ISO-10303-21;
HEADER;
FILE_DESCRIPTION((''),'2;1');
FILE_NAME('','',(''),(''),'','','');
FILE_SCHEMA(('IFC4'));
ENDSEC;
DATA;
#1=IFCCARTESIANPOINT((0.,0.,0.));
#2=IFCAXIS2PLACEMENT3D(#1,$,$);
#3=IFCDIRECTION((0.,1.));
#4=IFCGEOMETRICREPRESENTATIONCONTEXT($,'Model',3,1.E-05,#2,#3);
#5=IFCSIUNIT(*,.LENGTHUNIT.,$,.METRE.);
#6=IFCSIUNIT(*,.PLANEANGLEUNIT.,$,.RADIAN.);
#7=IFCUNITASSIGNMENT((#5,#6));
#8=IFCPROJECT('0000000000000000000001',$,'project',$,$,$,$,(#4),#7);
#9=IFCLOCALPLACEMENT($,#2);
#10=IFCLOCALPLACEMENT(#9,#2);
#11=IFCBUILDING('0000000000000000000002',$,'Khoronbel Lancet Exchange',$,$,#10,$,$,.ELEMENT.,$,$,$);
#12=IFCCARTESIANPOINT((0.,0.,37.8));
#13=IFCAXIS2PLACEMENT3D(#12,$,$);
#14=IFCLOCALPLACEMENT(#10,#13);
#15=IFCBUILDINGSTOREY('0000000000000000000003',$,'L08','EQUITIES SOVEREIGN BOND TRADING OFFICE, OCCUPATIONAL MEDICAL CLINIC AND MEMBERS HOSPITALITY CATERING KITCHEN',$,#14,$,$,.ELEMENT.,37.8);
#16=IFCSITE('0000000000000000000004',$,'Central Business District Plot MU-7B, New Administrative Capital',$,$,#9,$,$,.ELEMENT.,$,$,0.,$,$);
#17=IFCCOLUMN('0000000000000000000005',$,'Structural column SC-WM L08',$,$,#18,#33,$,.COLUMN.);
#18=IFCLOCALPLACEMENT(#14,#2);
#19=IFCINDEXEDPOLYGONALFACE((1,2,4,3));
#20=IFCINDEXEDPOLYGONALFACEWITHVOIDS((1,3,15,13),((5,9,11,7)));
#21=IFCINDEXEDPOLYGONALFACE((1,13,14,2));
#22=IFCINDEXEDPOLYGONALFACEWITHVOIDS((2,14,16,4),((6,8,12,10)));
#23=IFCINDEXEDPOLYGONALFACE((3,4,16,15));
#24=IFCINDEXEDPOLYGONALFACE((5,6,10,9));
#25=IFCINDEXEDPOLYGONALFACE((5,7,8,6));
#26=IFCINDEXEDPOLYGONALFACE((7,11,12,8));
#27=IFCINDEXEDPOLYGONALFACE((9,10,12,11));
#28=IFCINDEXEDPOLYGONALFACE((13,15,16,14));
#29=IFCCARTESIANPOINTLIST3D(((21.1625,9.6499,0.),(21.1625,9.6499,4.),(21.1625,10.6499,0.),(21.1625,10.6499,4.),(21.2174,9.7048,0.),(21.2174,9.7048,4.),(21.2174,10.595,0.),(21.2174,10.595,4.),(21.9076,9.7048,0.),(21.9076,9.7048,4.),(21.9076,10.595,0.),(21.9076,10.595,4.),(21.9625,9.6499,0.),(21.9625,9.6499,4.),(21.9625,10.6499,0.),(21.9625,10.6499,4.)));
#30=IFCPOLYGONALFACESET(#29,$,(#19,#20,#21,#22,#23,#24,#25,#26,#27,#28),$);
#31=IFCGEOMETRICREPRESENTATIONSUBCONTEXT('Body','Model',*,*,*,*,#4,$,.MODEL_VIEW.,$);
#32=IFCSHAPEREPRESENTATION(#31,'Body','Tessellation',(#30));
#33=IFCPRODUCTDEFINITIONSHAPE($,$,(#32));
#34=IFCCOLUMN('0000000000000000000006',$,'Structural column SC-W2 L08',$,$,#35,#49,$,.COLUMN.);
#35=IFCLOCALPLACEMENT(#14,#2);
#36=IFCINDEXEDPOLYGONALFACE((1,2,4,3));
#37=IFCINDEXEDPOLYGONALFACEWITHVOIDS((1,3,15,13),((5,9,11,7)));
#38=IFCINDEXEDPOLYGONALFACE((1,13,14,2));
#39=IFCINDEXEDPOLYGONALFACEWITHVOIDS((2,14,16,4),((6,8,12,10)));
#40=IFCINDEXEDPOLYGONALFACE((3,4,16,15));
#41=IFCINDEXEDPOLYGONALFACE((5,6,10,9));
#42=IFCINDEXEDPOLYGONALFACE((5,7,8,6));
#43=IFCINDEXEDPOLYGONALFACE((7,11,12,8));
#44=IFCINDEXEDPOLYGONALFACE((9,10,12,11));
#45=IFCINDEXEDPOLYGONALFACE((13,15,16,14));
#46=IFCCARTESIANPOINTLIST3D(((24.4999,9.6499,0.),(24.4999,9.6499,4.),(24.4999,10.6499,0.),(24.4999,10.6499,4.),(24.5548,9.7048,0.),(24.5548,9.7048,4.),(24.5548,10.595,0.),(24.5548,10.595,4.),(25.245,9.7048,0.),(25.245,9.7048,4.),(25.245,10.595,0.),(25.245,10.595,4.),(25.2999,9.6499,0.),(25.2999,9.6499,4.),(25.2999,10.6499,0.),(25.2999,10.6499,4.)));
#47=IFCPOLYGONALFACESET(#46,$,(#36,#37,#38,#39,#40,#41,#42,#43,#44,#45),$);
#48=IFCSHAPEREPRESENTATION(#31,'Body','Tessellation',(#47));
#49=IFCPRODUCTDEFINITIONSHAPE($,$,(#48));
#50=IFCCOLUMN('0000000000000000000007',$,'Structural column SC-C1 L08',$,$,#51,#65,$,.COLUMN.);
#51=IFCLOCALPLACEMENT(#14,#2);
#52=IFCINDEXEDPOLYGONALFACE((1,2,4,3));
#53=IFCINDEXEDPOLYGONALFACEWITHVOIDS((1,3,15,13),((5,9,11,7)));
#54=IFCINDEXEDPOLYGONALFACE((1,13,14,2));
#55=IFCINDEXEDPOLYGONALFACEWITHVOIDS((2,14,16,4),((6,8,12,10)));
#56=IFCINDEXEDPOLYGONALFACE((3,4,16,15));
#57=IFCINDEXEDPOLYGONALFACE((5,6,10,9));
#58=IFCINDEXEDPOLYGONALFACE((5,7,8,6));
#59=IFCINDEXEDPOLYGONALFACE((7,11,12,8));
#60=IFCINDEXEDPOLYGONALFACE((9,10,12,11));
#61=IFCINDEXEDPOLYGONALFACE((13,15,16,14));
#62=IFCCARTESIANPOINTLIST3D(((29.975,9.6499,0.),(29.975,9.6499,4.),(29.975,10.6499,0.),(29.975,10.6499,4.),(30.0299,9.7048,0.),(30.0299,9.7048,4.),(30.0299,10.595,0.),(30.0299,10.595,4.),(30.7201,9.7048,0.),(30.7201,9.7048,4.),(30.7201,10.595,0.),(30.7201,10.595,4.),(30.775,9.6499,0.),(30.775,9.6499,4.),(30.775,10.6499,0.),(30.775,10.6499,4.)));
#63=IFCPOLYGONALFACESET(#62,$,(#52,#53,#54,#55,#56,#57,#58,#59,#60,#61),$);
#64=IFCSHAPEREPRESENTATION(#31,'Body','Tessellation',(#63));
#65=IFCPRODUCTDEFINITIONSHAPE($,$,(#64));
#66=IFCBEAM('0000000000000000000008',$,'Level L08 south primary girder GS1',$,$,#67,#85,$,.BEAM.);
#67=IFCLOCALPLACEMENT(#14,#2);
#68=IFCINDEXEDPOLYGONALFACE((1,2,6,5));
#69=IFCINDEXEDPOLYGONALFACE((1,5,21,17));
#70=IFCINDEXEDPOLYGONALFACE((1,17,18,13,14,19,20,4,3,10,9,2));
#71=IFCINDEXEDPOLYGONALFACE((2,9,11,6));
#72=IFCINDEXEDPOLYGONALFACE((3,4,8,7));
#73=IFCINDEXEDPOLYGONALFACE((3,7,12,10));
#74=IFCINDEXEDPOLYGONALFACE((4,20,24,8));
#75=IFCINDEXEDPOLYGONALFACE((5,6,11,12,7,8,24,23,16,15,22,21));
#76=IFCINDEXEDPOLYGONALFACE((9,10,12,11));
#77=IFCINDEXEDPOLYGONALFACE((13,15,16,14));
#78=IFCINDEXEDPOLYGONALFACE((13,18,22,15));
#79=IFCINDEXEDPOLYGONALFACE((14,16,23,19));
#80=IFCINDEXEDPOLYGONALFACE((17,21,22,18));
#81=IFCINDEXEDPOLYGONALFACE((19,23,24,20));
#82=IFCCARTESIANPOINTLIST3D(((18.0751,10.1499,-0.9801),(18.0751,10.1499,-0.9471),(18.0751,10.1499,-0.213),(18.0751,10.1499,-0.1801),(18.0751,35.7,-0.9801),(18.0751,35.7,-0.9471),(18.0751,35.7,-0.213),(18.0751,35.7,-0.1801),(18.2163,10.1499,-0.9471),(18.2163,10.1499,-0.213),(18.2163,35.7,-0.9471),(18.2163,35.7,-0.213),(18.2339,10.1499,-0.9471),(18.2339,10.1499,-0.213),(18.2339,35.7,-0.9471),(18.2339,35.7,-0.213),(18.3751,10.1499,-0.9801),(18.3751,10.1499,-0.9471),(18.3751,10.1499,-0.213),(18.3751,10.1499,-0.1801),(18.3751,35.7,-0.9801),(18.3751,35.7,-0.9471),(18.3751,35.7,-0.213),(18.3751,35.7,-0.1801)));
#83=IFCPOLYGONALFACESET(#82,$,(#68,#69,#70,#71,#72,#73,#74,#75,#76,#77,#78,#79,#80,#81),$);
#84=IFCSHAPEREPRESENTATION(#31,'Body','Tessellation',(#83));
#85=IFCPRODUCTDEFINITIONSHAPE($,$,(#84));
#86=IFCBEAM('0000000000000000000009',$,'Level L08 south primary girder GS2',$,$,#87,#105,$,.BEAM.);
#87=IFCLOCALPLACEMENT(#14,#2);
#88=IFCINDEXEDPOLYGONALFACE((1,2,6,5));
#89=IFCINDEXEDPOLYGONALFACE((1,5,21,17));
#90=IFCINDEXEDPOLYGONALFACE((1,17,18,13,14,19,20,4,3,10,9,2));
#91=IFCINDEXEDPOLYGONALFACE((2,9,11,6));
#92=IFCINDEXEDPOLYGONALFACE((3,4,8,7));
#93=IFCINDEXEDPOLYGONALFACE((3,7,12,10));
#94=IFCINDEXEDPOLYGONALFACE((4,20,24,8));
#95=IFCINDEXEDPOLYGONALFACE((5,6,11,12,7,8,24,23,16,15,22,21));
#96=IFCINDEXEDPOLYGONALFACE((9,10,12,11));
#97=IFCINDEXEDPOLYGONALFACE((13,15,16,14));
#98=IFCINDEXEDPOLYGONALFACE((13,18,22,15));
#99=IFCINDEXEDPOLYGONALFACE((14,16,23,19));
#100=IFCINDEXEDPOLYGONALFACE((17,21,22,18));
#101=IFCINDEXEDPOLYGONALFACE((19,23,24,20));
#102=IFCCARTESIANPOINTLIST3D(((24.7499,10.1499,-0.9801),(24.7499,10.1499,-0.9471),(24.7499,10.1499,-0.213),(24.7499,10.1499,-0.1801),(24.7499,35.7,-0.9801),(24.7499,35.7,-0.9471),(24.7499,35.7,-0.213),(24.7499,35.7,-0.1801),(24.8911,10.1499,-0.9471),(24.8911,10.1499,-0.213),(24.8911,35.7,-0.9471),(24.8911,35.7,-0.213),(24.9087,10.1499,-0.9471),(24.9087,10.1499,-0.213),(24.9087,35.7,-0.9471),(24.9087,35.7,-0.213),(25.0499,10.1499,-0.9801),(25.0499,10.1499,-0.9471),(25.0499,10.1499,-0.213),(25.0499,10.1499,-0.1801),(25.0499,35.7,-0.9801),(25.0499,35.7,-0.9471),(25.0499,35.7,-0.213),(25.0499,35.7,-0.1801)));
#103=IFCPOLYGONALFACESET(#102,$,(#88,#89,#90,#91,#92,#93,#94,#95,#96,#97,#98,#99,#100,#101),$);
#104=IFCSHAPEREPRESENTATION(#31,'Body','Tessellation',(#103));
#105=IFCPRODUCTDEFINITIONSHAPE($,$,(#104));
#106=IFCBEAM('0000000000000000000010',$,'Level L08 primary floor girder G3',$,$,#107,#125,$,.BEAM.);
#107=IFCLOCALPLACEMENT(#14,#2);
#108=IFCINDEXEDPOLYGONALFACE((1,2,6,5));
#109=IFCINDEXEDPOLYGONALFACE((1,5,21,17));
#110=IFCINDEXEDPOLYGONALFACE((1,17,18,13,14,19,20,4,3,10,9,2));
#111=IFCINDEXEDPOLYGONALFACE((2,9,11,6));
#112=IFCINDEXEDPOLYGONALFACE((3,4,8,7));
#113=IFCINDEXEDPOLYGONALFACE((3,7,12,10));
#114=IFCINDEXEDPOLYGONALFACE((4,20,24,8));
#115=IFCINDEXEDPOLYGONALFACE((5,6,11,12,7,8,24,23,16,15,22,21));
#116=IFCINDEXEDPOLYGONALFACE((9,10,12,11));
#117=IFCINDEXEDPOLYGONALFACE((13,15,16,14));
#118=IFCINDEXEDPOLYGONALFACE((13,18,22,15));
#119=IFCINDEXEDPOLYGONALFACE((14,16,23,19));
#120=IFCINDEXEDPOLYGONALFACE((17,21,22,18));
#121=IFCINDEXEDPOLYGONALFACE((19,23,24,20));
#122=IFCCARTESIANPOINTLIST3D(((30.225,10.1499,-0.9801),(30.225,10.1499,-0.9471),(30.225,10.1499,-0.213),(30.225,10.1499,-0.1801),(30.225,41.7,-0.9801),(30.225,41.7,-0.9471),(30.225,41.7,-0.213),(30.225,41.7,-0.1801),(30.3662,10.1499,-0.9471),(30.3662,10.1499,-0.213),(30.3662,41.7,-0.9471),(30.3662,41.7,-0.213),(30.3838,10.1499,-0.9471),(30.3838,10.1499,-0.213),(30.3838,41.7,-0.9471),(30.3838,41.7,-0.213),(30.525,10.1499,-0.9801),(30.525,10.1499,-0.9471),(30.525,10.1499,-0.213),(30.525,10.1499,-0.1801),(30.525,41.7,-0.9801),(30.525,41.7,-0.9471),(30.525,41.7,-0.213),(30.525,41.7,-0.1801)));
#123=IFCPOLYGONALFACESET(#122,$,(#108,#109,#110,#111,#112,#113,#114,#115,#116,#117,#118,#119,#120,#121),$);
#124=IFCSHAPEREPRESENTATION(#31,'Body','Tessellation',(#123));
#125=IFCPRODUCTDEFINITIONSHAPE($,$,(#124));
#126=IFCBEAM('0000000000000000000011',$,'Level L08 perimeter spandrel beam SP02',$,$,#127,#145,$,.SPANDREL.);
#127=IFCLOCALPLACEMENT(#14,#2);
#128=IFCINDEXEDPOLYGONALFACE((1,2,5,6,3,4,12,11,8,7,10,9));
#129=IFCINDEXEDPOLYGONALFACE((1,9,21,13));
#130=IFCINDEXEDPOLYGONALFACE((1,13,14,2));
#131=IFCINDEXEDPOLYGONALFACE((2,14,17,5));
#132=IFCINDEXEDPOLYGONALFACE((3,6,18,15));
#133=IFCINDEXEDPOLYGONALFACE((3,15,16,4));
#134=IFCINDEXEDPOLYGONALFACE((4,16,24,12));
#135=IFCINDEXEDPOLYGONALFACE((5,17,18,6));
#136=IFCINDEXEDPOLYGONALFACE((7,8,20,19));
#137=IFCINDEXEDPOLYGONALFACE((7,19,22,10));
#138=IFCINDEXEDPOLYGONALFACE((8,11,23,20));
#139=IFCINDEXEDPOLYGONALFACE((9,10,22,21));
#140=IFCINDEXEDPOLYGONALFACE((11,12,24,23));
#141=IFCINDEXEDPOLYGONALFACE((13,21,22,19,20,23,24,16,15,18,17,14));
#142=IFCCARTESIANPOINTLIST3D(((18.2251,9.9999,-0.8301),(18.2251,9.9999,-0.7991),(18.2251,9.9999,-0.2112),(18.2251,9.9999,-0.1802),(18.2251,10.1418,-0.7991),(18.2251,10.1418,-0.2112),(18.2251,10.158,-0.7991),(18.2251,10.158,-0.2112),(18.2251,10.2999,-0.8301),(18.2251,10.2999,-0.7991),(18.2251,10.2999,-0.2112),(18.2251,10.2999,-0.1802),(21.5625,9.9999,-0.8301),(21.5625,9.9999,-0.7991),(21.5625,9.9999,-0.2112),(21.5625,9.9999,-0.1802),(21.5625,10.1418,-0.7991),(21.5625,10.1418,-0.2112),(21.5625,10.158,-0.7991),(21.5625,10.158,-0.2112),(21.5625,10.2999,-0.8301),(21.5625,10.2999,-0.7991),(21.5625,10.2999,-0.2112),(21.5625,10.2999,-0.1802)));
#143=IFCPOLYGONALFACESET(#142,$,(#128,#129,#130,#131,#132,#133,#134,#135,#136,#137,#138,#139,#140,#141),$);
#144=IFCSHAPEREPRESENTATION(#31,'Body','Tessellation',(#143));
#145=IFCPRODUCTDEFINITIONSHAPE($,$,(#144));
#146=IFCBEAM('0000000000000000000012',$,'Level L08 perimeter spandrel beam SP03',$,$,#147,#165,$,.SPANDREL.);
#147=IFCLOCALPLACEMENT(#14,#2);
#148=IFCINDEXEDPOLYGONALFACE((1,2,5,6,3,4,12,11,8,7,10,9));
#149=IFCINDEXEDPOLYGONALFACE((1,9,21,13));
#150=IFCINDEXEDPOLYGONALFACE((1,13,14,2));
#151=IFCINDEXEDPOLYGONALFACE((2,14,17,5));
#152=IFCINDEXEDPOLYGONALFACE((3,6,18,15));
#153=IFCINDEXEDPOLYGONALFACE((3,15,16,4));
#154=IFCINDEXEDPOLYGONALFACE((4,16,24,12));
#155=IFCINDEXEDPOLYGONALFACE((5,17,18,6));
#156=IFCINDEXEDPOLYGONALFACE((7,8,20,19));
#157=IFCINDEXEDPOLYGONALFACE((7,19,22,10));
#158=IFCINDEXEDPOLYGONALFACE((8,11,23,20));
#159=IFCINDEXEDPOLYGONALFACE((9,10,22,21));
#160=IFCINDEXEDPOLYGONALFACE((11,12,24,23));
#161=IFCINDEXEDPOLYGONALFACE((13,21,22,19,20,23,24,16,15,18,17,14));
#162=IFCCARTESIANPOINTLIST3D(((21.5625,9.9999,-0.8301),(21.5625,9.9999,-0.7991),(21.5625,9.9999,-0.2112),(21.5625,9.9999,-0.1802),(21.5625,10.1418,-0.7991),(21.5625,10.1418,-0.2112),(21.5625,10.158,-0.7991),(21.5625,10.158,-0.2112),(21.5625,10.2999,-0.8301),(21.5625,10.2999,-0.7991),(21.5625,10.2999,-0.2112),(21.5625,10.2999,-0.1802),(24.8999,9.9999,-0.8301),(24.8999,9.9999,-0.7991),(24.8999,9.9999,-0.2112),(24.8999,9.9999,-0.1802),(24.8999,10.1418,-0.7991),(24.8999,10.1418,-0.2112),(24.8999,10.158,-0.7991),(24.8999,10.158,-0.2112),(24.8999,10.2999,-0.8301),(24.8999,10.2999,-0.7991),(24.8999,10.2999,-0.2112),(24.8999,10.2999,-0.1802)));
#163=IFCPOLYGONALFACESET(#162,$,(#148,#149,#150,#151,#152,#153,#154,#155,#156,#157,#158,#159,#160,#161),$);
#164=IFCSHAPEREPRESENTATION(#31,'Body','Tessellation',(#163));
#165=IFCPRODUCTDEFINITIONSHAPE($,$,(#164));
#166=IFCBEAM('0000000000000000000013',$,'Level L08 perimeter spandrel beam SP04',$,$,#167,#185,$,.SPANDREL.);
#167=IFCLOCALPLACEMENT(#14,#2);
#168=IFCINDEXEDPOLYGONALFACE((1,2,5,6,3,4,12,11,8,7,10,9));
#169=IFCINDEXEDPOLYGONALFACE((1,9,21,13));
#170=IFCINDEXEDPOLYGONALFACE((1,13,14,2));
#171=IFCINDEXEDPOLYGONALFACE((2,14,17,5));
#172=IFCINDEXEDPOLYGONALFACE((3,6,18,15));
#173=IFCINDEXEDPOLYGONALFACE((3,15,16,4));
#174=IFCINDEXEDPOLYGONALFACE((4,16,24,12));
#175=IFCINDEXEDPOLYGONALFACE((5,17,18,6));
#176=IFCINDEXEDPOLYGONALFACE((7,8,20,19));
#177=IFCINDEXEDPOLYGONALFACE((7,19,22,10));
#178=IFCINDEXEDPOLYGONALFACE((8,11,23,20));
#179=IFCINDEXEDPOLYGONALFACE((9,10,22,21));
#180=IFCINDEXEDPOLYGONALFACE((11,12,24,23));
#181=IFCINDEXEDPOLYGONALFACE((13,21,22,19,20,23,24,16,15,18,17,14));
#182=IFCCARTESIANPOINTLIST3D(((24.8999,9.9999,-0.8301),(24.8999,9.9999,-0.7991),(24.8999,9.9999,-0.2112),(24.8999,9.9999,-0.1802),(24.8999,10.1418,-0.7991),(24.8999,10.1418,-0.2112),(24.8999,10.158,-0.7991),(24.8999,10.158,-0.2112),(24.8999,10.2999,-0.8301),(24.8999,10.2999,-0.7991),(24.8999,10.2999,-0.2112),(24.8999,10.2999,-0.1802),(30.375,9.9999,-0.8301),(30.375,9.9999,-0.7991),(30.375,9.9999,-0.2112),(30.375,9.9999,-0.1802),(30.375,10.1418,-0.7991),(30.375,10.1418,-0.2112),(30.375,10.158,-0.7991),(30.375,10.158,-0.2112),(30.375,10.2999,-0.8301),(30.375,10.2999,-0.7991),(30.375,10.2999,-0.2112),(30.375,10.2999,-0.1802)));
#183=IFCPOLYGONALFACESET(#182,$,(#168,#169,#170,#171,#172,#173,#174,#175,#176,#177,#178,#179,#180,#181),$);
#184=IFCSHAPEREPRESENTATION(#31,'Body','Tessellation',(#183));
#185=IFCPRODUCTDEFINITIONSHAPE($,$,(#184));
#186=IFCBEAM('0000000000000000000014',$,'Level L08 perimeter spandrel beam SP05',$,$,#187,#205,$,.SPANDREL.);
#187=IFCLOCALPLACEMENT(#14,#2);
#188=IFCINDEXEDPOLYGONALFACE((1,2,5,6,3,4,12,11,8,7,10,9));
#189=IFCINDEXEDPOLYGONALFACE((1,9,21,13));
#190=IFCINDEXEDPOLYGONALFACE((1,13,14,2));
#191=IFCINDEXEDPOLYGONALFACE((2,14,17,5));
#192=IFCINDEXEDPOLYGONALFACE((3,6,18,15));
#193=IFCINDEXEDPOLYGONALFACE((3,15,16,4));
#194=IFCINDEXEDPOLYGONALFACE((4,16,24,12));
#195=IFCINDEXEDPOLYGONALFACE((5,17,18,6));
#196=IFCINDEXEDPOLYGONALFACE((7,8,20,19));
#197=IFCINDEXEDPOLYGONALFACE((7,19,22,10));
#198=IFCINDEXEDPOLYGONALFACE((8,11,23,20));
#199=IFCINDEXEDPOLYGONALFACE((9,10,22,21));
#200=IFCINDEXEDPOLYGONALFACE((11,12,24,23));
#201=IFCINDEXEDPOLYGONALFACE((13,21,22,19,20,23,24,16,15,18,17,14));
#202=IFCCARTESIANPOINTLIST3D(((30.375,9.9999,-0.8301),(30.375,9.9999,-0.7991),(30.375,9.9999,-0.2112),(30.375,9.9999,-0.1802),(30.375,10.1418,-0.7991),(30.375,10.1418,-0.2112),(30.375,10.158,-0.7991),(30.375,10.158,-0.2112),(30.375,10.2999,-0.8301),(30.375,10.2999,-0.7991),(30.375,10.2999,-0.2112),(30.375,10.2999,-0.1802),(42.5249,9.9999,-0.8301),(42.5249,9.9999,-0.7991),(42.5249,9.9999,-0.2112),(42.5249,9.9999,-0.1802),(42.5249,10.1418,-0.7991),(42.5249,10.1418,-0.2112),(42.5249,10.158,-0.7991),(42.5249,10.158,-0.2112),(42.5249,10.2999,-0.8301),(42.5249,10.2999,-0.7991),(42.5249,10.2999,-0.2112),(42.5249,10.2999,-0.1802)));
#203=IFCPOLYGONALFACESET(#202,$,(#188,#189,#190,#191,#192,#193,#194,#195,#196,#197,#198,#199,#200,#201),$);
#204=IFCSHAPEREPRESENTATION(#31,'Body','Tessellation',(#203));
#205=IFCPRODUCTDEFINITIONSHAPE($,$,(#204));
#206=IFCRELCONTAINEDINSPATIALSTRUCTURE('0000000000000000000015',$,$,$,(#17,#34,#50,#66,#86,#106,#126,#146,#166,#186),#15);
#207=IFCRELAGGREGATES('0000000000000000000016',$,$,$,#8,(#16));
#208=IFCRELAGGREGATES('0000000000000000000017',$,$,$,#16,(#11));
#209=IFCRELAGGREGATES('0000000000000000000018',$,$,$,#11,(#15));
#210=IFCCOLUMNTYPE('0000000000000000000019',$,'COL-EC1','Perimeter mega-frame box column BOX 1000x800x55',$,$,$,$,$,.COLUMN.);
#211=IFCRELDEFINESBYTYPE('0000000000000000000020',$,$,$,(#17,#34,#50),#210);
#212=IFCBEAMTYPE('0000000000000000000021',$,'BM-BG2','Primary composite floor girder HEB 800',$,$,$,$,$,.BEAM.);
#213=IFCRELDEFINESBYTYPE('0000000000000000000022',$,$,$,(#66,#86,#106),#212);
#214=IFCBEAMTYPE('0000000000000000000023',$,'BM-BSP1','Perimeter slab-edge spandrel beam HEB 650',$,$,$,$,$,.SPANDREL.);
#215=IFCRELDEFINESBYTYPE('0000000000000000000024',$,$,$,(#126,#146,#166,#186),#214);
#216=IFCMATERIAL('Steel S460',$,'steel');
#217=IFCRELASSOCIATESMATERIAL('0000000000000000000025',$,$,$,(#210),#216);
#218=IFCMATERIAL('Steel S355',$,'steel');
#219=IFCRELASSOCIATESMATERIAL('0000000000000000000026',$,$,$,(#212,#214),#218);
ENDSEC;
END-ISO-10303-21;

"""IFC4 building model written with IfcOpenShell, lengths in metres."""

from ifc_helpers import new_model, si_unit, direction, frame, origin, origin_2d, place, context, subcontext, project, spatial, hollow_rectangle, i_section, extrude, material, material_profile, profile_set, type_object, element, save


model = new_model("IFC4")

# Units and contexts
model_context = context("Model", 3, precision=1e-05, world=origin(), true_north=direction((0.0, 1.0)))
body_context = subcontext(model_context, "Body", "Model", "MODEL_VIEW")
ifc_project = project(units=[si_unit("LENGTHUNIT", "METRE"), si_unit("PLANEANGLEUNIT", "RADIAN")], contexts=[model_context])

# Site, building, storey
site_placement = place(None, origin())
site = spatial("IfcSite", under=ifc_project, at=site_placement, Name="Central Business District Plot MU-7B, New Administrative Capital", CompositionType="ELEMENT", RefElevation=0.0)
building_placement = place(site_placement, origin())
building = spatial("IfcBuilding", under=site, at=building_placement, Name="Khoronbel Lancet Exchange", CompositionType="ELEMENT")
storey_placement = place(building_placement, frame((0.0, 0.0, 37.8)))
storey = spatial("IfcBuildingStorey", under=building, at=storey_placement, Name="L08", Description="EQUITIES SOVEREIGN BOND TRADING OFFICE, OCCUPATIONAL MEDICAL CLINIC AND MEMBERS HOSPITALITY CATERING KITCHEN", CompositionType="ELEMENT", Elevation=37.8)

# Columns
ifc_material_1 = material(Name="Steel S460", Category="steel")
ifc_material_profile_1 = material_profile(ifc_material_1, hollow_rectangle(XDim=0.8, YDim=1.0, WallThickness=0.0549, at=origin_2d()), Name="BOX 1000x800x55")
ifc_profile_set_1 = profile_set([ifc_material_profile_1], Name="Steel S460")
column_type = type_object("IfcColumnType", Name="COL-EC1", Description="Perimeter mega-frame box column BOX 1000x800x55", PredefinedType="COLUMN", material=ifc_profile_set_1)
for number, where, z_axis, x_axis, name in (
    (1, (21.5625, 10.1499, 0.0), (0.0, 0.0, 1.0), (1.0, 0.0, 0.0), "Structural column SC-WM L08"),
    (2, (24.8999, 10.1499, 0.0), (0.0, 0.0, 1.0), (1.0, 0.0, 0.0), "Structural column SC-W2 L08"),
    (3, (30.375, 10.1499, 0.0), (0.0, 0.0, 1.0), (1.0, 0.0, 0.0), "Structural column SC-C1 L08"),
):
    element("IfcColumn", number, at=place(storey_placement, frame(where, z_axis=z_axis, x_axis=x_axis)), inside=storey, type_object=column_type, Name=name, PredefinedType="COLUMN", context=body_context, shape_type="SweptSolid", body=[
        extrude(hollow_rectangle(XDim=0.8, YDim=1.0, WallThickness=0.0549, at=origin_2d()), origin(), (0.0, 0.0, 1.0), 4.0),
    ])

# Beams
ifc_material_2 = material(Name="Steel S355", Category="steel")
ifc_material_profile_2 = material_profile(ifc_material_2, i_section(OverallWidth=0.3, OverallDepth=0.8, WebThickness=0.0176, FlangeThickness=0.033, at=origin_2d()), Name="HEB 800")
ifc_profile_set_2 = profile_set([ifc_material_profile_2], Name="Steel S355")
beam_type_1 = type_object("IfcBeamType", Name="BM-BG2", Description="Primary composite floor girder HEB 800", PredefinedType="BEAM", material=ifc_profile_set_2)
for number, where, z_axis, x_axis, name in (
    (4, (18.2251, 10.1499, -0.5801), (0.0, 1.0, 0.0), (-1.0, 0.0, 0.0), "Level L08 south primary girder GS1"),
    (5, (24.8999, 10.1499, -0.5801), (0.0, 1.0, 0.0), (-1.0, 0.0, 0.0), "Level L08 south primary girder GS2"),
):
    element("IfcBeam", number, at=place(storey_placement, frame(where, z_axis=z_axis, x_axis=x_axis)), inside=storey, type_object=beam_type_1, Name=name, PredefinedType="BEAM", context=body_context, shape_type="SweptSolid", body=[
        extrude(i_section(OverallWidth=0.3, OverallDepth=0.8, WebThickness=0.0176, FlangeThickness=0.033, at=origin_2d()), origin(), (0.0, 0.0, 1.0), 25.55),
    ])
beam_1_placement = place(storey_placement, frame((30.375, 10.1499, -0.5801), z_axis=(0.0, 1.0, 0.0), x_axis=(-1.0, 0.0, 0.0)))
element("IfcBeam", 6, at=beam_1_placement, inside=storey, type_object=beam_type_1, Name="Level L08 primary floor girder G3", PredefinedType="BEAM", context=body_context, shape_type="SweptSolid", body=[
    extrude(i_section(OverallWidth=0.3, OverallDepth=0.8, WebThickness=0.0176, FlangeThickness=0.033, at=origin_2d()), origin(), (0.0, 0.0, 1.0), 31.55),
])
ifc_material_profile_3 = material_profile(ifc_material_2, i_section(OverallWidth=0.3, OverallDepth=0.6499, WebThickness=0.0161, FlangeThickness=0.031, at=origin_2d()), Name="HEB 650")
ifc_profile_set_3 = profile_set([ifc_material_profile_3], Name="Steel S355")
beam_type_2 = type_object("IfcBeamType", Name="BM-BSP1", Description="Perimeter slab-edge spandrel beam HEB 650", PredefinedType="SPANDREL", material=ifc_profile_set_3)
for number, where, z_axis, x_axis, name in (
    (7, (18.2251, 10.1499, -0.5051), (1.0, 0.0, 0.0), (0.0, 1.0, 0.0), "Level L08 perimeter spandrel beam SP02"),
    (8, (21.5625, 10.1499, -0.5051), (1.0, 0.0, 0.0), (0.0, 1.0, 0.0), "Level L08 perimeter spandrel beam SP03"),
):
    element("IfcBeam", number, at=place(storey_placement, frame(where, z_axis=z_axis, x_axis=x_axis)), inside=storey, type_object=beam_type_2, Name=name, PredefinedType="SPANDREL", context=body_context, shape_type="SweptSolid", body=[
        extrude(i_section(OverallWidth=0.3, OverallDepth=0.6499, WebThickness=0.0161, FlangeThickness=0.031, at=origin_2d()), origin(), (0.0, 0.0, 1.0), 3.3374),
    ])
beam_2_placement = place(storey_placement, frame((24.8999, 10.1499, -0.5051), z_axis=(1.0, 0.0, 0.0), x_axis=(0.0, 1.0, 0.0)))
element("IfcBeam", 9, at=beam_2_placement, inside=storey, type_object=beam_type_2, Name="Level L08 perimeter spandrel beam SP04", PredefinedType="SPANDREL", context=body_context, shape_type="SweptSolid", body=[
    extrude(i_section(OverallWidth=0.3, OverallDepth=0.6499, WebThickness=0.0161, FlangeThickness=0.031, at=origin_2d()), origin(), (0.0, 0.0, 1.0), 5.4751),
])
beam_3_placement = place(storey_placement, frame((30.375, 10.1499, -0.5051), z_axis=(1.0, 0.0, 0.0), x_axis=(0.0, 1.0, 0.0)))
element("IfcBeam", 10, at=beam_3_placement, inside=storey, type_object=beam_type_2, Name="Level L08 perimeter spandrel beam SP05", PredefinedType="SPANDREL", context=body_context, shape_type="SweptSolid", body=[
    extrude(i_section(OverallWidth=0.3, OverallDepth=0.6499, WebThickness=0.0161, FlangeThickness=0.031, at=origin_2d()), origin(), (0.0, 0.0, 1.0), 12.1499),
])

save(model, "model.ifc")
